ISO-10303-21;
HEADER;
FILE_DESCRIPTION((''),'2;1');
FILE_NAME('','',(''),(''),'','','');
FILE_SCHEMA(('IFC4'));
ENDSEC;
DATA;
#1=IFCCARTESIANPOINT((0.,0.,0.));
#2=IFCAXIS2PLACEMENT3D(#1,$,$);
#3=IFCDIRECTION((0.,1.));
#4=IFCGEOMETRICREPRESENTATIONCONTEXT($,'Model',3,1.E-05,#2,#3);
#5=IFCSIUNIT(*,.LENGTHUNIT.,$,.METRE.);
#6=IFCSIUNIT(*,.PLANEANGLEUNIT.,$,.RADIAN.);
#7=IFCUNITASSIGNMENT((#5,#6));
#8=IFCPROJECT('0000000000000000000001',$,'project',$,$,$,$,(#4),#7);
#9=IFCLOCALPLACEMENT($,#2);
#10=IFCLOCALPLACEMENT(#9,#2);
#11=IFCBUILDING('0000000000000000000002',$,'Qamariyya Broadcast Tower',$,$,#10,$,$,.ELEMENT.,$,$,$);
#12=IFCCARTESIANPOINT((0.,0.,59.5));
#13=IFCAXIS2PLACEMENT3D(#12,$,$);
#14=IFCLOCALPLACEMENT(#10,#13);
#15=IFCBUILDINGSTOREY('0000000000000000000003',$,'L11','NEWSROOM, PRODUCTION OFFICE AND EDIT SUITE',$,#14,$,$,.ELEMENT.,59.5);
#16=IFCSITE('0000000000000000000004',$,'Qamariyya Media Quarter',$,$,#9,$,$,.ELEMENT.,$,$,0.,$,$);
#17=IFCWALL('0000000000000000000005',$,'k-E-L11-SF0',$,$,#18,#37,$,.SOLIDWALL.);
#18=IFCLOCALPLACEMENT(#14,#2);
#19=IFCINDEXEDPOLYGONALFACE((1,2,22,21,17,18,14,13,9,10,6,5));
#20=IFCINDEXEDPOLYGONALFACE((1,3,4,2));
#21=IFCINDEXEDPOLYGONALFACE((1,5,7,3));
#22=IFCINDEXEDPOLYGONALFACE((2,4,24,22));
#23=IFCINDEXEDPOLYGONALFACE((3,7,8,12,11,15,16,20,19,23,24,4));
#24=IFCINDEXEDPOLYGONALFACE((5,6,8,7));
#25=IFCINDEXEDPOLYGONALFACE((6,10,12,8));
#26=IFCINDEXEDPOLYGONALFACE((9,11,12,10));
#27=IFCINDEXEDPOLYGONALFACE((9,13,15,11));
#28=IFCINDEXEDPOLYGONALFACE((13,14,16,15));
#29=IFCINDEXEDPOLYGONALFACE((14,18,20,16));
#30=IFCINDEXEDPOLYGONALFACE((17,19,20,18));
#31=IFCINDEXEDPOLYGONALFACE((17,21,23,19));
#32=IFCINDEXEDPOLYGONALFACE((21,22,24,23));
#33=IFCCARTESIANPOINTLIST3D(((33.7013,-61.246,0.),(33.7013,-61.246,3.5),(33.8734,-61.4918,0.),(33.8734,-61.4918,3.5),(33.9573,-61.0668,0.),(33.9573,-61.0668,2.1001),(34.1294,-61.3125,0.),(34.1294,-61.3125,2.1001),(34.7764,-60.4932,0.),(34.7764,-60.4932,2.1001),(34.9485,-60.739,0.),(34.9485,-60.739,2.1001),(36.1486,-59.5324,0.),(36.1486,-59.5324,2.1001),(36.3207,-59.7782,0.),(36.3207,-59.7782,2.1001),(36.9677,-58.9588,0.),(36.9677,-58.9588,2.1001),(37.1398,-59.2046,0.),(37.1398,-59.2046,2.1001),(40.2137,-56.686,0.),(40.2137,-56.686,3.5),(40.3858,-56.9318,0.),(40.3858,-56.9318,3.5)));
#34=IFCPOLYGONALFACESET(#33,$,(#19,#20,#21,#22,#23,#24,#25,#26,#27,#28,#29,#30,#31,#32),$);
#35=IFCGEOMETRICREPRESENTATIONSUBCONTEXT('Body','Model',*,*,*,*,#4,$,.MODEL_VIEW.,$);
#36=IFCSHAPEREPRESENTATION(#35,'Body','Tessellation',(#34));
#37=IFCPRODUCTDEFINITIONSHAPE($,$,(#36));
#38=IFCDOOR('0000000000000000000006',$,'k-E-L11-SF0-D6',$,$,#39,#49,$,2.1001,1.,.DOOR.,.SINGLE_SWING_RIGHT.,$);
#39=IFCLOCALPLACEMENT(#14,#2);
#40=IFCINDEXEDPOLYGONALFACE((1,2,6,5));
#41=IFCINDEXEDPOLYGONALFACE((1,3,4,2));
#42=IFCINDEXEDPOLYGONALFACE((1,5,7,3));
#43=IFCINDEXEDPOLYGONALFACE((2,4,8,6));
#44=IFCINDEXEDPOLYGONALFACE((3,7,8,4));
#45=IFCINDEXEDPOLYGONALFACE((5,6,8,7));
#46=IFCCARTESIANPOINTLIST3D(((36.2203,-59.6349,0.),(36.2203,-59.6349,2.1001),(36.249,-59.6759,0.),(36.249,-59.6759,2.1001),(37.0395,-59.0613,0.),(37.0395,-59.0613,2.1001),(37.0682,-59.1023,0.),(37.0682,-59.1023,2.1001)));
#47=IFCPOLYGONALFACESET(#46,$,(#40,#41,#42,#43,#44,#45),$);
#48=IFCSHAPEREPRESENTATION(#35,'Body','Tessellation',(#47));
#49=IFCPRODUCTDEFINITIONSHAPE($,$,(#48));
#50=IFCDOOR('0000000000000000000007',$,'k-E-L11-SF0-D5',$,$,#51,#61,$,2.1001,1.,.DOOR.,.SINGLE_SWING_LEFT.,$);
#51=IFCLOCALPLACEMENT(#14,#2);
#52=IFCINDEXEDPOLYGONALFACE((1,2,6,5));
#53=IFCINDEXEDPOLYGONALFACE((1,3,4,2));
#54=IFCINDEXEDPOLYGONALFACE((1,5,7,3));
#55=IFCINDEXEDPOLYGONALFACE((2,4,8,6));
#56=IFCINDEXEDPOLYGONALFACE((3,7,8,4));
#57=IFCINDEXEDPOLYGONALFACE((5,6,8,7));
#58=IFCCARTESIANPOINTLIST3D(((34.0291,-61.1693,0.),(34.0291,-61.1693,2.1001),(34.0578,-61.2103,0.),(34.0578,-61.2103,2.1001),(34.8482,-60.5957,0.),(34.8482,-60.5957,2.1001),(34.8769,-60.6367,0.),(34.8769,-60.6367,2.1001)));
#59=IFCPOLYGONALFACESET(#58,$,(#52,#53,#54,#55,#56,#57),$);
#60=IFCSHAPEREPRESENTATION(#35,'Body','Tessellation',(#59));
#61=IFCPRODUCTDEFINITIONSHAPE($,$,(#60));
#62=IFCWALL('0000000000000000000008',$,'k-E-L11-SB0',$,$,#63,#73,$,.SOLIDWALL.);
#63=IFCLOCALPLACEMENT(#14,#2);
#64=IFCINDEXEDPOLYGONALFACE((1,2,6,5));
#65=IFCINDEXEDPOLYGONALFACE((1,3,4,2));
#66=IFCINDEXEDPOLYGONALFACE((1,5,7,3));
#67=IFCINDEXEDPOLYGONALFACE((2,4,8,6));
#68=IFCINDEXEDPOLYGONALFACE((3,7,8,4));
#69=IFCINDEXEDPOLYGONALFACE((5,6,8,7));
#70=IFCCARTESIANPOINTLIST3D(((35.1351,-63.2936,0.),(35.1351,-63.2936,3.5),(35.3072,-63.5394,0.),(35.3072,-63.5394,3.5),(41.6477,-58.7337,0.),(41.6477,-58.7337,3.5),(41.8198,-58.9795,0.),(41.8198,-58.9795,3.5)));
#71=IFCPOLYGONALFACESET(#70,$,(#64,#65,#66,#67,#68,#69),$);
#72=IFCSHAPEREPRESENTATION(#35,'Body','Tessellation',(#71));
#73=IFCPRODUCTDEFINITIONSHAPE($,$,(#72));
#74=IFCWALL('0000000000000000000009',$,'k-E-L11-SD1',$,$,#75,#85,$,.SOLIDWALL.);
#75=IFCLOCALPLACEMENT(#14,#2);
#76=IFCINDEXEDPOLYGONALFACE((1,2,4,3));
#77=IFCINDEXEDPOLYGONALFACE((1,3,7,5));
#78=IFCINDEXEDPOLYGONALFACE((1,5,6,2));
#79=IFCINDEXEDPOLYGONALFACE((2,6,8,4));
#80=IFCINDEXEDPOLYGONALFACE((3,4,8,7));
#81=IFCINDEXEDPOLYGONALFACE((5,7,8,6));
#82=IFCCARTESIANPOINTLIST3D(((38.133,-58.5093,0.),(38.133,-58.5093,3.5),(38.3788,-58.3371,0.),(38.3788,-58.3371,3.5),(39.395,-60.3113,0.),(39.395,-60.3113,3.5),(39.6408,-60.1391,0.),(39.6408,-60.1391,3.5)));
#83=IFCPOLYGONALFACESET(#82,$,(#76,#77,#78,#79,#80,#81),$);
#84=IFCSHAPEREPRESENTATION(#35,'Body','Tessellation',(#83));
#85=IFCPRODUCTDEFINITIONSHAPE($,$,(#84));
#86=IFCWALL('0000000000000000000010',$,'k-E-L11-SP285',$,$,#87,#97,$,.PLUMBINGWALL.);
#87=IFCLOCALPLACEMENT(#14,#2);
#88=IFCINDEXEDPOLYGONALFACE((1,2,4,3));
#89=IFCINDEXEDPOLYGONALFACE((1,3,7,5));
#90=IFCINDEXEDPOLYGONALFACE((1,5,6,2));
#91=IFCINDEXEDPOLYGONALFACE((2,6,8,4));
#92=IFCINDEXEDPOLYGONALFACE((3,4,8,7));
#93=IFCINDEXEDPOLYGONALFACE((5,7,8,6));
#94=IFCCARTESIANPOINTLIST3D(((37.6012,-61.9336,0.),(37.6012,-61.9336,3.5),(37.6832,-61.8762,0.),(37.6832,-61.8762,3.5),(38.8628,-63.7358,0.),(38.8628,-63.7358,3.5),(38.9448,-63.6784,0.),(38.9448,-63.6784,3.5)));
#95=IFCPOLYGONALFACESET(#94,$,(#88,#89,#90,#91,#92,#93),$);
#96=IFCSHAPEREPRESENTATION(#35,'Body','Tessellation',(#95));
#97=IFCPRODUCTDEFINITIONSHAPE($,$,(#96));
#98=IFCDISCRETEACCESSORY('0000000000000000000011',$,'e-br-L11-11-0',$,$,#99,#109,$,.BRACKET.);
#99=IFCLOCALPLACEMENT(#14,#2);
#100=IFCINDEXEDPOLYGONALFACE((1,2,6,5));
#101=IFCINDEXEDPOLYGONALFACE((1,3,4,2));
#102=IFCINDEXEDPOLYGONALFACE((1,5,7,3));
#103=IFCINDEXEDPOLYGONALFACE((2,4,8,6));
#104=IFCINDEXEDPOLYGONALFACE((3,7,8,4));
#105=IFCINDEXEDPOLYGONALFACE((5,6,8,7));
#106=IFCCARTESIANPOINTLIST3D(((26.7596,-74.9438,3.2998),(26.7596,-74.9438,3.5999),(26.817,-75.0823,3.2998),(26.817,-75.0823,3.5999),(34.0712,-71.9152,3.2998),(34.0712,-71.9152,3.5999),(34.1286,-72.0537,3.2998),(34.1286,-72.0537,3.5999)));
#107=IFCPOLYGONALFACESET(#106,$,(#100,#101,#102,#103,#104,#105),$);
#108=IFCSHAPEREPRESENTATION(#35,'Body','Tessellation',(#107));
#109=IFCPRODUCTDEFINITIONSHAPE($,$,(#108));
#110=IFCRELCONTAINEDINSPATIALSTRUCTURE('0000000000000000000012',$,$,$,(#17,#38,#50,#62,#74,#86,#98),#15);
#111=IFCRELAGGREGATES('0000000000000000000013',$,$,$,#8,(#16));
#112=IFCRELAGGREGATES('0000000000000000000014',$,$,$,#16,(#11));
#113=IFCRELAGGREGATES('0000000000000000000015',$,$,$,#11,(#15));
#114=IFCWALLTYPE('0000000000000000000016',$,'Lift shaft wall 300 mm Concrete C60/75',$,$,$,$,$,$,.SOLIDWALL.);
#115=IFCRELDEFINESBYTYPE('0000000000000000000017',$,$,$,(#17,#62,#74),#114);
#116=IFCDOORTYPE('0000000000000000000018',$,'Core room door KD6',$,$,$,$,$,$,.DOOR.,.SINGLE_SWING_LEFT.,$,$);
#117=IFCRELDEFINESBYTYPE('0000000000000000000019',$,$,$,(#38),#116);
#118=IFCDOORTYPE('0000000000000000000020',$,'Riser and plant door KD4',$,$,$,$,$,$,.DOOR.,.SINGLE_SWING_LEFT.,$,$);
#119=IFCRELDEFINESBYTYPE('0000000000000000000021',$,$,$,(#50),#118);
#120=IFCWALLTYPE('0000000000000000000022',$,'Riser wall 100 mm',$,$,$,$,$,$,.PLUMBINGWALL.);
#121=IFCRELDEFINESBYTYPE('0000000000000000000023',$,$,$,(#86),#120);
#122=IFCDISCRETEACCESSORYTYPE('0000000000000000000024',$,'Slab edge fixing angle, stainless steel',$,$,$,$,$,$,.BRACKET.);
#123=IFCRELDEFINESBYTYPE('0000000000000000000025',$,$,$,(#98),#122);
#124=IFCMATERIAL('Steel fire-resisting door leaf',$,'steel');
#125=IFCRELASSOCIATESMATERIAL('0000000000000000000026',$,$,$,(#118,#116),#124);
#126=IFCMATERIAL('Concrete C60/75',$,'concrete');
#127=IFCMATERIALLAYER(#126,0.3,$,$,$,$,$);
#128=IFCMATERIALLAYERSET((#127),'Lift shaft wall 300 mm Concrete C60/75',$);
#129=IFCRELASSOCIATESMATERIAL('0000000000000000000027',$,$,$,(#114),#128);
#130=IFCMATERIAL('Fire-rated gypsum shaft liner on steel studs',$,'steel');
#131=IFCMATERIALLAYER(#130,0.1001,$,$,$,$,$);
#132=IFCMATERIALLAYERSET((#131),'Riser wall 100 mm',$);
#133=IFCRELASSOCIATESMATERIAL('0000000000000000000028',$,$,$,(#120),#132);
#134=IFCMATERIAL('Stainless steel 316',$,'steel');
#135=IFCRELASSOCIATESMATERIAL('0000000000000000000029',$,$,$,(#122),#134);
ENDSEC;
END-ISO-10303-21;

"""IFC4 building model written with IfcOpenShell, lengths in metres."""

from ifc_helpers import new_model, si_unit, direction, frame, frame_2d, origin, origin_2d, place, context, subcontext, project, spatial, rectangle, extrude, material, layer, layer_set, type_object, element, fill, save


model = new_model("IFC4")

# Units and contexts
model_context = context("Model", 3, precision=1e-05, world=origin(), true_north=direction((0.0, 1.0)))
body_context = subcontext(model_context, "Body", "Model", "MODEL_VIEW")
ifc_project = project(units=[si_unit("LENGTHUNIT", "METRE"), si_unit("PLANEANGLEUNIT", "RADIAN")], contexts=[model_context])

# Site, building, storey
site_placement = place(None, origin())
site = spatial("IfcSite", under=ifc_project, at=site_placement, Name="Qamariyya Media Quarter", CompositionType="ELEMENT", RefElevation=0.0)
building_placement = place(site_placement, origin())
building = spatial("IfcBuilding", under=site, at=building_placement, Name="Qamariyya Broadcast Tower", CompositionType="ELEMENT")
storey_placement = place(building_placement, frame((0.0, 0.0, 59.5)))
storey = spatial("IfcBuildingStorey", under=building, at=storey_placement, Name="L11", Description="NEWSROOM, PRODUCTION OFFICE AND EDIT SUITE", CompositionType="ELEMENT", Elevation=59.5)

# Shared definitions
ifc_material_1 = material(Name="Steel fire-resisting door leaf", Category="steel")

# Shared definitions
door_type_1 = type_object("IfcDoorType", Name="Riser and plant door KD4", OperationType="SINGLE_SWING_LEFT", PredefinedType="DOOR", material=ifc_material_1)

# Shared definitions
ifc_material_2 = material(Name="Concrete C60/75", Category="concrete")
ifc_layer_1 = layer(ifc_material_2, 0.3)
ifc_layer_set_1 = layer_set([ifc_layer_1], Name="Lift shaft wall 300 mm Concrete C60/75")
wall_type_1 = type_object("IfcWallType", Name="Lift shaft wall 300 mm Concrete C60/75", PredefinedType="SOLIDWALL", material=ifc_layer_set_1)

# Wall, openings, doors
wall_1_placement = place(storey_placement, frame((33.7874, -61.3689, 0.0), z_axis=(0.0, 0.0, 1.0), x_axis=(0.819153, 0.573576, 0.0)))
wall_1 = element("IfcWall", 1, at=wall_1_placement, inside=storey, type_object=wall_type_1, Name="k-E-L11-SF0", PredefinedType="SOLIDWALL", context=body_context, shape_type="SweptSolid", body=[
    extrude(rectangle(XDim=7.9502, YDim=0.3, at=frame_2d((3.9751, 0.0))), origin(), (0.0, 0.0, 1.0), 3.5),
])
opening_1_placement = place(wall_1_placement, frame((0.3125, 0.0, 0.0)))
opening_1 = element("IfcOpeningElement", 2, at=opening_1_placement, cuts=wall_1, PredefinedType="OPENING", context=body_context, shape_type="SweptSolid", body=[
    extrude(rectangle(XDim=1.0, YDim=2.1001, at=frame_2d((0.5, 1.05))), frame((0.0, 0.1599, 0.0), z_axis=(0.0, -1.0, 0.0), x_axis=(1.0, 0.0, 0.0)), (0.0, 0.0, 1.0), 0.3201),
])
opening_2_placement = place(wall_1_placement, frame((2.9875, 0.0, 0.0)))
opening_2 = element("IfcOpeningElement", 3, at=opening_2_placement, cuts=wall_1, PredefinedType="OPENING", context=body_context, shape_type="SweptSolid", body=[
    extrude(rectangle(XDim=1.0, YDim=2.1001, at=frame_2d((0.5, 1.05))), frame((0.0, 0.1599, 0.0), z_axis=(0.0, -1.0, 0.0), x_axis=(1.0, 0.0, 0.0)), (0.0, 0.0, 1.0), 0.3201),
])
door_type_2 = type_object("IfcDoorType", Name="Core room door KD6", OperationType="SINGLE_SWING_LEFT", PredefinedType="DOOR", material=ifc_material_1)
door_1_placement = place(opening_2_placement, origin())
door_1 = element("IfcDoor", 4, at=door_1_placement, inside=storey, type_object=door_type_2, Name="k-E-L11-SF0-D6", OperationType="SINGLE_SWING_RIGHT", OverallHeight=2.1001, OverallWidth=1.0, PredefinedType="DOOR", context=body_context, shape_type="SweptSolid", body=[
    extrude(rectangle(XDim=1.0, YDim=2.1001, at=frame_2d((0.5, 1.05))), frame((0.0, 0.0249, 0.0), z_axis=(0.0, -1.0, 0.0), x_axis=(1.0, 0.0, 0.0)), (0.0, 0.0, 1.0), 0.05),
])
fill(opening_2, door_1)
door_2_placement = place(opening_1_placement, origin())
door_2 = element("IfcDoor", 5, at=door_2_placement, inside=storey, type_object=door_type_1, Name="k-E-L11-SF0-D5", OperationType="SINGLE_SWING_LEFT", OverallHeight=2.1001, OverallWidth=1.0, PredefinedType="DOOR", context=body_context, shape_type="SweptSolid", body=[
    extrude(rectangle(XDim=1.0, YDim=2.1001, at=frame_2d((0.5, 1.05))), frame((0.0, 0.0249, 0.0), z_axis=(0.0, -1.0, 0.0), x_axis=(1.0, 0.0, 0.0)), (0.0, 0.0, 1.0), 0.05),
])
fill(opening_1, door_2)

# Walls
wall_2_placement = place(storey_placement, frame((35.2212, -63.4165, 0.0), z_axis=(0.0, 0.0, 1.0), x_axis=(0.819167, 0.573555, 0.0)))
element("IfcWall", 6, at=wall_2_placement, inside=storey, type_object=wall_type_1, Name="k-E-L11-SB0", PredefinedType="SOLIDWALL", context=body_context, shape_type="SweptSolid", body=[
    extrude(rectangle(XDim=7.9502, YDim=0.3, at=frame_2d((3.9751, 0.0))), origin(), (0.0, 0.0, 1.0), 3.5),
])
wall_3_placement = place(storey_placement, frame((38.2559, -58.4231, 0.0), z_axis=(0.0, 0.0, 1.0), x_axis=(0.573634, -0.819112, 0.0)))
element("IfcWall", 7, at=wall_3_placement, inside=storey, type_object=wall_type_1, Name="k-E-L11-SD1", PredefinedType="SOLIDWALL", context=body_context, shape_type="SweptSolid", body=[
    extrude(rectangle(XDim=2.2, YDim=0.3, at=frame_2d((1.1001, 0.0))), origin(), (0.0, 0.0, 1.0), 3.5),
])
ifc_material_3 = material(Name="Fire-rated gypsum shaft liner on steel studs", Category="steel")
ifc_layer_2 = layer(ifc_material_3, 0.1001)
ifc_layer_set_2 = layer_set([ifc_layer_2], Name="Riser wall 100 mm")
wall_type_2 = type_object("IfcWallType", Name="Riser wall 100 mm", PredefinedType="PLUMBINGWALL", material=ifc_layer_set_2)
wall_4_placement = place(storey_placement, frame((37.6421, -61.9048, 0.0), z_axis=(0.0, 0.0, 1.0), x_axis=(0.573507, -0.819201, 0.0)))
element("IfcWall", 8, at=wall_4_placement, inside=storey, type_object=wall_type_2, Name="k-E-L11-SP285", PredefinedType="PLUMBINGWALL", context=body_context, shape_type="SweptSolid", body=[
    extrude(rectangle(XDim=2.2, YDim=0.1001, at=frame_2d((1.1001, 0.0))), origin(), (0.0, 0.0, 1.0), 3.5),
])

# Discrete accessory
ifc_material_4 = material(Name="Stainless steel 316", Category="steel")
discrete_accessory_type = type_object("IfcDiscreteAccessoryType", Name="Slab edge fixing angle, stainless steel", PredefinedType="BRACKET", material=ifc_material_4)
discrete_accessory_placement = place(storey_placement, frame((30.4441, -73.4988, 3.2998), z_axis=(0.0, 0.0, 1.0), x_axis=(0.92388, 0.382683, 0.0)))
element("IfcDiscreteAccessory", 9, at=discrete_accessory_placement, inside=storey, type_object=discrete_accessory_type, Name="e-br-L11-11-0", PredefinedType="BRACKET", context=body_context, shape_type="SweptSolid", body=[
    extrude(rectangle(XDim=7.9141, YDim=0.1499, at=origin_2d()), origin(), (0.0, 0.0, 1.0), 0.3),
])

save(model, "model.ifc")
